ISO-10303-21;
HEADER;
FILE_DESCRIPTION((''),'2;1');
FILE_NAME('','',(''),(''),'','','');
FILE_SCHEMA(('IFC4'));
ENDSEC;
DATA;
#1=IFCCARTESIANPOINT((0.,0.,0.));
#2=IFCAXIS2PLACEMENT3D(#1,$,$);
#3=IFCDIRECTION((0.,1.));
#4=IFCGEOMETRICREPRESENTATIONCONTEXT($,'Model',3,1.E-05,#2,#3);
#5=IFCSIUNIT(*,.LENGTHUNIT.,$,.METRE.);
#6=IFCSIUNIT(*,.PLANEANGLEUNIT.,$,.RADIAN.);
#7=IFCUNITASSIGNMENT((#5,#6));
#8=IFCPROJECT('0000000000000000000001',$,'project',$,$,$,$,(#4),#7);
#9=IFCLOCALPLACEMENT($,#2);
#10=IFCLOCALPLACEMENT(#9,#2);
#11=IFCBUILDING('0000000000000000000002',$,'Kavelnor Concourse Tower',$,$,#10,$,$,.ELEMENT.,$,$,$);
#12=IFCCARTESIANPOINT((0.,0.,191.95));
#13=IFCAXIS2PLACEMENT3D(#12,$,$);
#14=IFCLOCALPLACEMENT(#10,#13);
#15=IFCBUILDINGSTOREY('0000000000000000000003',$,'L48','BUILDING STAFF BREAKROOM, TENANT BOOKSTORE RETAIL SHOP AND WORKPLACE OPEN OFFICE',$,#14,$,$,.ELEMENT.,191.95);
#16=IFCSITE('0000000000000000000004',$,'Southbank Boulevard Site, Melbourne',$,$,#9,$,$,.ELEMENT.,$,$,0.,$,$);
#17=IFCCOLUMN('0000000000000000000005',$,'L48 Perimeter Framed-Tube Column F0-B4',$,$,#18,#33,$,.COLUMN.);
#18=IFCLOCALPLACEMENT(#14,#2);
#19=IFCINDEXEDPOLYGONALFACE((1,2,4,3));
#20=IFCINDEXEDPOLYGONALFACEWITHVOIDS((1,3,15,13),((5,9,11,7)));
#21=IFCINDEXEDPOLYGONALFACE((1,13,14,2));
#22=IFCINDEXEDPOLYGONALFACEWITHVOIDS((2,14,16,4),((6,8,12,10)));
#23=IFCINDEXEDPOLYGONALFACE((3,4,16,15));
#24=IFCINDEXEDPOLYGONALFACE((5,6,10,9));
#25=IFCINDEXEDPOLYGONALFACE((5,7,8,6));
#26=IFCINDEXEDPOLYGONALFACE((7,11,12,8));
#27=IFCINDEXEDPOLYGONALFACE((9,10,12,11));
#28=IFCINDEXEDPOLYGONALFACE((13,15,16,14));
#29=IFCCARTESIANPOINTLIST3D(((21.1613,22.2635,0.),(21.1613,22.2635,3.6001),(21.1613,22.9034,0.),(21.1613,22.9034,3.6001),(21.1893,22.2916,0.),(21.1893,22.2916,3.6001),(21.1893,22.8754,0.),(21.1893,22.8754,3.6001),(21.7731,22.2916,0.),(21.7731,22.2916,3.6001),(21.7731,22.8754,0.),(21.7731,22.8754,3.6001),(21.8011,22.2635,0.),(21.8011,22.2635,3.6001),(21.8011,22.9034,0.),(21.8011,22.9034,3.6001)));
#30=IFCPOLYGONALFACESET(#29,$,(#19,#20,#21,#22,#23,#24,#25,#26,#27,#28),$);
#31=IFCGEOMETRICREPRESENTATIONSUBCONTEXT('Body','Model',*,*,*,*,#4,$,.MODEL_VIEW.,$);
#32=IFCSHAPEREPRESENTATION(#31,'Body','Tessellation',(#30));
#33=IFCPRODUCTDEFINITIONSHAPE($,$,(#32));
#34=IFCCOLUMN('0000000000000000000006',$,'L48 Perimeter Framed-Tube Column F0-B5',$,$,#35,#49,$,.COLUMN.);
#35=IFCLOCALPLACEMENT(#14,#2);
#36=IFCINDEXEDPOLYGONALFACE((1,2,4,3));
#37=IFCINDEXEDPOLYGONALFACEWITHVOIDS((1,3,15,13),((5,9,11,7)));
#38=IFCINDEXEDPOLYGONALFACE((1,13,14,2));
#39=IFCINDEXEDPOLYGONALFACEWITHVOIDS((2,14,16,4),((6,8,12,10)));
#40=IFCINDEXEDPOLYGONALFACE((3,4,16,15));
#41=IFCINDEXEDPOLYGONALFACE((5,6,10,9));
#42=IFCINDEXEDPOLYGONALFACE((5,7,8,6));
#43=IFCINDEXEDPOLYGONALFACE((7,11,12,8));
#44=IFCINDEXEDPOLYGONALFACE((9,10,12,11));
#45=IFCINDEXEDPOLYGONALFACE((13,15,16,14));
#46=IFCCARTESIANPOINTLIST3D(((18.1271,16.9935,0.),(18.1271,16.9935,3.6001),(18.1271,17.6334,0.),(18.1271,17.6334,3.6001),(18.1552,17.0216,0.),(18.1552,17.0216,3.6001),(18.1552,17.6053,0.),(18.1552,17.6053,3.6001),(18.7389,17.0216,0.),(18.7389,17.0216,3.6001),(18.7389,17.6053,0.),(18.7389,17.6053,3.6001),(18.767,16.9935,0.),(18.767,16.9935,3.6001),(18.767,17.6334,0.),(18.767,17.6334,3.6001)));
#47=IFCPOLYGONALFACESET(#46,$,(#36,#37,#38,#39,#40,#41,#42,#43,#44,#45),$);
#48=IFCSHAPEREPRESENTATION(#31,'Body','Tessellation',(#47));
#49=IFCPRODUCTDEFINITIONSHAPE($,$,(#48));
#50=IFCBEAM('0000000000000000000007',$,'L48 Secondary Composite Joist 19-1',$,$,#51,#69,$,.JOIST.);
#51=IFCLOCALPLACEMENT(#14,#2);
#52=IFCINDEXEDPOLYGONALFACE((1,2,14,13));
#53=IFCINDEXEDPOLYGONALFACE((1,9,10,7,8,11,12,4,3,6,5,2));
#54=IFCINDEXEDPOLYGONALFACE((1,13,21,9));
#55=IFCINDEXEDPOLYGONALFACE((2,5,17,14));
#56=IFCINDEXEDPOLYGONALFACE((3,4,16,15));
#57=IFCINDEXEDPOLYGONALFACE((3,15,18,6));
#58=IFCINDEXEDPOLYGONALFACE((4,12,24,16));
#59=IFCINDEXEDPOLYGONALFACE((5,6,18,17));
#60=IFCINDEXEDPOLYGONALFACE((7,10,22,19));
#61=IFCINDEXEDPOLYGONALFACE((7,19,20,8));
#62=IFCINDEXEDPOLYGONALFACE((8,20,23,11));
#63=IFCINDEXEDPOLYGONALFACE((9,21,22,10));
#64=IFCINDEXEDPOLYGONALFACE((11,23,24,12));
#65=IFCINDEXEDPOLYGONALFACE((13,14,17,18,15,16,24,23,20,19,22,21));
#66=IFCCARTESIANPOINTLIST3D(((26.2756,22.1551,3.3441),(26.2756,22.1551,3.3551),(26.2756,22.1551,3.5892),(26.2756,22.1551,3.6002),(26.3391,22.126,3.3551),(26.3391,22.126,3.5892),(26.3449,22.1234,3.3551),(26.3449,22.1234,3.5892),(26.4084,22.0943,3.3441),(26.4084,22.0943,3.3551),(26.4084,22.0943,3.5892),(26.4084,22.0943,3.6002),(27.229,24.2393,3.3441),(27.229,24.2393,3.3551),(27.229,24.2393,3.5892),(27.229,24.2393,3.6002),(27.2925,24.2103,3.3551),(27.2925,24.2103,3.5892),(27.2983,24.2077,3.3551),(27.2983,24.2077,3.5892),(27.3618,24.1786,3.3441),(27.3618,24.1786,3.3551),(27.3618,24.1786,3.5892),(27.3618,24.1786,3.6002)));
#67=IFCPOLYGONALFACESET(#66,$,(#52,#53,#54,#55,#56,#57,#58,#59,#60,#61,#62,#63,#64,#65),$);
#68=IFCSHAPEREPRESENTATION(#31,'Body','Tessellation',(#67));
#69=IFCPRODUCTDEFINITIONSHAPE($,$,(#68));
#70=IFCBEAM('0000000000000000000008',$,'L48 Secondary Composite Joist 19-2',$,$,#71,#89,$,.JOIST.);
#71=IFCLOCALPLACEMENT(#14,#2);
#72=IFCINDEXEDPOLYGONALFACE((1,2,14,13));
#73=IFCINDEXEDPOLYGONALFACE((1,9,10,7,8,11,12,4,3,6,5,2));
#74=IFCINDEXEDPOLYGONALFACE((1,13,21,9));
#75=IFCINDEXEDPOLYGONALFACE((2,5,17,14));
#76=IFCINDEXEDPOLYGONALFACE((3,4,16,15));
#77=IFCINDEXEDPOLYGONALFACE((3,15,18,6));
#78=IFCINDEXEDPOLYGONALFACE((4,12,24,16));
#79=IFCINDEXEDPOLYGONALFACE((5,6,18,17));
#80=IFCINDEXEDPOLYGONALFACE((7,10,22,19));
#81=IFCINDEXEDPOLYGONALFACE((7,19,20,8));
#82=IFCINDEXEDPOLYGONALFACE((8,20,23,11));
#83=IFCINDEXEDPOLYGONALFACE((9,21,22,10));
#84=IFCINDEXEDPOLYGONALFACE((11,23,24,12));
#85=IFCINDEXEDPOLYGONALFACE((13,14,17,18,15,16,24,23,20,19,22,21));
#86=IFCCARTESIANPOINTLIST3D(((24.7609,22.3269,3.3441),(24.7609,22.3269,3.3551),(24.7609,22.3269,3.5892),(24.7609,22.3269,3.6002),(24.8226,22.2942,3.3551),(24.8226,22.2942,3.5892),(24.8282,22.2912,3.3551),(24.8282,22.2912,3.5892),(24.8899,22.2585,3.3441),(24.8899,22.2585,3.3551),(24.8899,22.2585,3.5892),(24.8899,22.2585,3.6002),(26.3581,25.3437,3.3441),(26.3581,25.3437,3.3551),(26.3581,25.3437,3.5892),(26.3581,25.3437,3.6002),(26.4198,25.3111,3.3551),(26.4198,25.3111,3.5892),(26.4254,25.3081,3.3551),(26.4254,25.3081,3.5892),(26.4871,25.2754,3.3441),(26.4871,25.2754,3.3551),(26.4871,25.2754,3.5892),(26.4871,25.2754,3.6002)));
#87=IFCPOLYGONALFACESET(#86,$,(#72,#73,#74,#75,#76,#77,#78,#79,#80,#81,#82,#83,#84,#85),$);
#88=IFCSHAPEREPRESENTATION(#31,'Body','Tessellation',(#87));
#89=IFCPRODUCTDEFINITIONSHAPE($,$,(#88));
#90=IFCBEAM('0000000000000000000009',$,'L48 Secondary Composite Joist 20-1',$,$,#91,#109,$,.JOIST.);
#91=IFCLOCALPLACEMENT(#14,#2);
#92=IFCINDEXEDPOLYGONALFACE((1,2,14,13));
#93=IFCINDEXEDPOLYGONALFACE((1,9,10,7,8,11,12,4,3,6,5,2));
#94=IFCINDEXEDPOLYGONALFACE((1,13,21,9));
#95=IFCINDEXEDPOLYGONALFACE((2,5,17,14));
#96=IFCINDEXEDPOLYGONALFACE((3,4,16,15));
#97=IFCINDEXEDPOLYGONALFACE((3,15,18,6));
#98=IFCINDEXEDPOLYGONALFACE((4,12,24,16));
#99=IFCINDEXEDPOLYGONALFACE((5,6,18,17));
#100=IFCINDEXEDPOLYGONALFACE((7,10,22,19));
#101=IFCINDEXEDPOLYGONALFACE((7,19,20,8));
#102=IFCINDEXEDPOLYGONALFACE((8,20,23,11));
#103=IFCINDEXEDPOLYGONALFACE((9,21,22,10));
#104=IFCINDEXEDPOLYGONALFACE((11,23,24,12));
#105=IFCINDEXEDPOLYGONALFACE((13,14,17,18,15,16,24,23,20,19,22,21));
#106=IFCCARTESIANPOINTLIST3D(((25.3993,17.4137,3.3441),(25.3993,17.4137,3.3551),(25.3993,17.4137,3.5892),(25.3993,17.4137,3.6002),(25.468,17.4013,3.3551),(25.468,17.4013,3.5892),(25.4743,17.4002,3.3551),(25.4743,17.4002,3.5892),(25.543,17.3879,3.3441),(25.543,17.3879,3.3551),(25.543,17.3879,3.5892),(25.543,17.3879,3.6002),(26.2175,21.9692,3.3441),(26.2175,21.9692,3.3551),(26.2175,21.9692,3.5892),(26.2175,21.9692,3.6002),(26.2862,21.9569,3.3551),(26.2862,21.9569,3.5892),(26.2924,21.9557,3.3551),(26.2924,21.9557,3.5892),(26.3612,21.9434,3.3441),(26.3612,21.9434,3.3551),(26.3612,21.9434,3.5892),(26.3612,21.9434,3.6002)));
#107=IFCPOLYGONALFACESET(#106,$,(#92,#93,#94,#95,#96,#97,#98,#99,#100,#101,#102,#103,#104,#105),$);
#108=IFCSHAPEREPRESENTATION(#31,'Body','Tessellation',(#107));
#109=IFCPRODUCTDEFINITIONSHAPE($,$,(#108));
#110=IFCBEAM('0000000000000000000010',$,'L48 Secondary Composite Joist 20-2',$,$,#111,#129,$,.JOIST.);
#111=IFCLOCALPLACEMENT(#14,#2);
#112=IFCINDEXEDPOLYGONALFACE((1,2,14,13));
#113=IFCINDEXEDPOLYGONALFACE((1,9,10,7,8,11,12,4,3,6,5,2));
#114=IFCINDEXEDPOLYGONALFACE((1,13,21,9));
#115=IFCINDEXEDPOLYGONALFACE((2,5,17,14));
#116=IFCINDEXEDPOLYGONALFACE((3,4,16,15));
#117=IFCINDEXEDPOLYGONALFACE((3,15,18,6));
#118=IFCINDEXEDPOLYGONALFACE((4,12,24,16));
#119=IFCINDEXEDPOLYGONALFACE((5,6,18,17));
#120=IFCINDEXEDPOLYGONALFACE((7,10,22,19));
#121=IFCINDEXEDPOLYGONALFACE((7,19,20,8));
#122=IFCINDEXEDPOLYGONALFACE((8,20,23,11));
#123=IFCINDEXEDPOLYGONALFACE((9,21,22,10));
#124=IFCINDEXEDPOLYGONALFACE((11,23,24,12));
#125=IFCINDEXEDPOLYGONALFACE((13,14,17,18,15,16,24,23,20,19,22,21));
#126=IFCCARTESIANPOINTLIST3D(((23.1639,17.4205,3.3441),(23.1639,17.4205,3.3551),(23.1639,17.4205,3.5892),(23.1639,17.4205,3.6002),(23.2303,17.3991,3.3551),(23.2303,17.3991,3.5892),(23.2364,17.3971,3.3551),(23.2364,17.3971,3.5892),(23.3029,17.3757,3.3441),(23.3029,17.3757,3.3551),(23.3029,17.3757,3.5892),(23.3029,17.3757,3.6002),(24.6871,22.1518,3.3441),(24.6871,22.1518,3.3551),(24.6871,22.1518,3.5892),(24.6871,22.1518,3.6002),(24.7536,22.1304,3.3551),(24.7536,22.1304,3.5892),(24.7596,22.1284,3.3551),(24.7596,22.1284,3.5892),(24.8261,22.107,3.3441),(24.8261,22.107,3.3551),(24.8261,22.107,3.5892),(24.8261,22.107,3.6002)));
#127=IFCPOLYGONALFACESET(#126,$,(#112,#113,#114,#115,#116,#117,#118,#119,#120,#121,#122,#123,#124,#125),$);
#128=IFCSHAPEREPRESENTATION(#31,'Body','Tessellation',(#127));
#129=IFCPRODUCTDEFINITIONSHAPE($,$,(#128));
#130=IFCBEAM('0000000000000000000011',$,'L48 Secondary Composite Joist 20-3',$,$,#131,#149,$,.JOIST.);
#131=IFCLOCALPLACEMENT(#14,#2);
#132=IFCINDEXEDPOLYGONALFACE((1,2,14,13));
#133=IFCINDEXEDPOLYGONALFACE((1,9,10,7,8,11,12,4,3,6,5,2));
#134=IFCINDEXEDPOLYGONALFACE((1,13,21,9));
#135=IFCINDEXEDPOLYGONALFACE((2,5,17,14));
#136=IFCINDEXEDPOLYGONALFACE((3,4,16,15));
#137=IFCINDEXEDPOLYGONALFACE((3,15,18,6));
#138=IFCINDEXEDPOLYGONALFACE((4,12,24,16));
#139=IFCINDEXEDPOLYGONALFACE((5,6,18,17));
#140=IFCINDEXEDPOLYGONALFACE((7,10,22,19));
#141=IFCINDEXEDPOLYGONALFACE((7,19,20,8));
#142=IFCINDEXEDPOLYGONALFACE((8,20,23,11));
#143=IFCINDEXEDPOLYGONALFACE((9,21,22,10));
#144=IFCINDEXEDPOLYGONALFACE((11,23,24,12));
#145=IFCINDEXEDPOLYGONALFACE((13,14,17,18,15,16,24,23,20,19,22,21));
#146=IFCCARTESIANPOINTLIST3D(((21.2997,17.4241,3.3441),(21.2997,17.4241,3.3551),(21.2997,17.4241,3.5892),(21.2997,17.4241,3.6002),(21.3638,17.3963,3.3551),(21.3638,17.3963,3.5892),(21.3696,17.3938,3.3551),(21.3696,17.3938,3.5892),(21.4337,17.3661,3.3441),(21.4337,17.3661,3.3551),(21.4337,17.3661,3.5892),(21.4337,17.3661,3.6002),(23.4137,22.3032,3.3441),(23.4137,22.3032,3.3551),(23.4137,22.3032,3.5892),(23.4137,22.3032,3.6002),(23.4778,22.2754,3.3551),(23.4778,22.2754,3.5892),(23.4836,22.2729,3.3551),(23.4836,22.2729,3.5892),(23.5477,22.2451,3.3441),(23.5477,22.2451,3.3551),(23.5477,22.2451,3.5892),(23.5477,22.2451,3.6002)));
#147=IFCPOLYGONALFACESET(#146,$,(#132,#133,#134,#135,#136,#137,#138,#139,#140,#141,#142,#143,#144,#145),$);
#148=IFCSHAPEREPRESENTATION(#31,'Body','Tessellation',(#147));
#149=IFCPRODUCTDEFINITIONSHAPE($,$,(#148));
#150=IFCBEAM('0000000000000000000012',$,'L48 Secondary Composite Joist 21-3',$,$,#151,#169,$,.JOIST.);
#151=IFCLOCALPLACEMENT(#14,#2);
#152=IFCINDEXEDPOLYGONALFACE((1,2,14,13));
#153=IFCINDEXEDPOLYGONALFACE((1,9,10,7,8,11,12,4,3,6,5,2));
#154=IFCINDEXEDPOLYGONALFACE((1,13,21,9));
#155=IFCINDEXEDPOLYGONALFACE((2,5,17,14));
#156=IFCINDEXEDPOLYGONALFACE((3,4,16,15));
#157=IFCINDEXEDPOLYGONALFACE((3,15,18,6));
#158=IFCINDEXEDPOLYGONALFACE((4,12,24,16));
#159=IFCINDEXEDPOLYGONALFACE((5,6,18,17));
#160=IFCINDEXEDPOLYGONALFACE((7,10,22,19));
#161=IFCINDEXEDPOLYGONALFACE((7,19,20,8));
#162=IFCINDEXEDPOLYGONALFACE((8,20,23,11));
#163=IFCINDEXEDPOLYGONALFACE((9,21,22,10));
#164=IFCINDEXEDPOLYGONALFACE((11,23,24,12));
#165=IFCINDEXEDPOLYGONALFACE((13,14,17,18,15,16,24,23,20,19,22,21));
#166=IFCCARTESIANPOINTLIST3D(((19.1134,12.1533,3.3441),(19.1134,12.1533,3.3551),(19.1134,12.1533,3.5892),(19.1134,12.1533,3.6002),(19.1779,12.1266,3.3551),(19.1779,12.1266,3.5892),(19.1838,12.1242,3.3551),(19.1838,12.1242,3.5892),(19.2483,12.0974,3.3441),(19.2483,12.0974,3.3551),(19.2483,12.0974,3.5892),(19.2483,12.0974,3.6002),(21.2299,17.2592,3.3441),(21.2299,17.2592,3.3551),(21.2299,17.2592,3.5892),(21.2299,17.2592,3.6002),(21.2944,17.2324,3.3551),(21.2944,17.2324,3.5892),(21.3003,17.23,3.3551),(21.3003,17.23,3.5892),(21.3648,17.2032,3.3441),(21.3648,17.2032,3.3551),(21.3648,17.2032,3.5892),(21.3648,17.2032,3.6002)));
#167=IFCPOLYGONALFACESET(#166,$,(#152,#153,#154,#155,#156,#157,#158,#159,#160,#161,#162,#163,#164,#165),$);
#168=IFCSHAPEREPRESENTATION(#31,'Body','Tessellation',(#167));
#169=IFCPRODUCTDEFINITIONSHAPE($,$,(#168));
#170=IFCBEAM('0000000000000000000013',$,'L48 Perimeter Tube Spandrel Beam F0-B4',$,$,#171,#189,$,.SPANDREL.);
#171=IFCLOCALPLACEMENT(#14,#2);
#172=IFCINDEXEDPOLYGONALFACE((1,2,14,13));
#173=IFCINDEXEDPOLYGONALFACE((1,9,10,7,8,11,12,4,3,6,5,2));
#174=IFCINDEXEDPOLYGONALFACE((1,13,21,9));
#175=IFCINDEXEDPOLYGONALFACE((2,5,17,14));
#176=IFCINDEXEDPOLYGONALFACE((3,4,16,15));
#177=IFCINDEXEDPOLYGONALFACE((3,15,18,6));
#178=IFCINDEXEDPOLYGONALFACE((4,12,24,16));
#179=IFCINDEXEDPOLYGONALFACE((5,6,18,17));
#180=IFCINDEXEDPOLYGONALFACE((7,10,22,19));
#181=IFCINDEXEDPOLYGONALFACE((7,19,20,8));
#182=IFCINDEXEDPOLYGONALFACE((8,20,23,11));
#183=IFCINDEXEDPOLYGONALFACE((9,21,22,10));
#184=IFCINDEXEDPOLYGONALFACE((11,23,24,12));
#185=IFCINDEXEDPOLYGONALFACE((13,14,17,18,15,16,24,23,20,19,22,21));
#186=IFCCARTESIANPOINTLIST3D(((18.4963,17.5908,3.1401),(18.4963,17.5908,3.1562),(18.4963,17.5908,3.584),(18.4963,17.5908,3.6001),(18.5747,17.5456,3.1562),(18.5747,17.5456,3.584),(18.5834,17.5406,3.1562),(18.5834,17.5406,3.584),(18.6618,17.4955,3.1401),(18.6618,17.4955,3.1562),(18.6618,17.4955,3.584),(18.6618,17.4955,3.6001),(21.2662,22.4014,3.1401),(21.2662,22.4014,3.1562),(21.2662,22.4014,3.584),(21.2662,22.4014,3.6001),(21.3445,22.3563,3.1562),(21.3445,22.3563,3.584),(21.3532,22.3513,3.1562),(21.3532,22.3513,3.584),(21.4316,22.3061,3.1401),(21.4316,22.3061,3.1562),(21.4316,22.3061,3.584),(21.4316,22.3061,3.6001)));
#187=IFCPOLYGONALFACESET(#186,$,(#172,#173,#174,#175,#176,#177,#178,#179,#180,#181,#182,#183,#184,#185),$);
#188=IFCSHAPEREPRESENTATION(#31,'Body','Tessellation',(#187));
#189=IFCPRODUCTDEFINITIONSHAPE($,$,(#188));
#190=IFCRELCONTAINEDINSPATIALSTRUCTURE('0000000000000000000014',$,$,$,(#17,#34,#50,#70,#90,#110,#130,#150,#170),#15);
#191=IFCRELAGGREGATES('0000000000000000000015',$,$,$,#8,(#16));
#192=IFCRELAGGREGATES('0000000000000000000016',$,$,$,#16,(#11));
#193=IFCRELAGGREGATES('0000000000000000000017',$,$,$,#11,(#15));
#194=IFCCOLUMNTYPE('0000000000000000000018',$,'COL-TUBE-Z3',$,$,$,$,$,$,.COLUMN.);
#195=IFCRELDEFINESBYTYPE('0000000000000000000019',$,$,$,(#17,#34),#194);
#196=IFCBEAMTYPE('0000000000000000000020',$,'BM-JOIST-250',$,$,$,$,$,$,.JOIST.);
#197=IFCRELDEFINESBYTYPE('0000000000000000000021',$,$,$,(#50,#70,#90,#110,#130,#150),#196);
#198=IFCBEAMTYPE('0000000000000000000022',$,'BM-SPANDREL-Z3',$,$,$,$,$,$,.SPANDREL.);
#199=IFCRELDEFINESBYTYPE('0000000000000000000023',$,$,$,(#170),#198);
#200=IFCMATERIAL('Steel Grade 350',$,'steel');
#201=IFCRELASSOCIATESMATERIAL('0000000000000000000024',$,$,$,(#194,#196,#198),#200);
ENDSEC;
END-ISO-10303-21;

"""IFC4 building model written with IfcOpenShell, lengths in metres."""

from ifc_helpers import new_model, si_unit, direction, frame, origin, origin_2d, place, context, subcontext, project, spatial, hollow_rectangle, i_section, extrude, material, material_profile, profile_set, type_object, element, save


model = new_model("IFC4")

# Units and contexts
model_context = context("Model", 3, precision=1e-05, world=origin(), true_north=direction((0.0, 1.0)))
body_context = subcontext(model_context, "Body", "Model", "MODEL_VIEW")
ifc_project = project(units=[si_unit("LENGTHUNIT", "METRE"), si_unit("PLANEANGLEUNIT", "RADIAN")], contexts=[model_context])

# Site, building, storey
site_placement = place(None, origin())
site = spatial("IfcSite", under=ifc_project, at=site_placement, Name="Southbank Boulevard Site, Melbourne", CompositionType="ELEMENT", RefElevation=0.0)
building_placement = place(site_placement, origin())
building = spatial("IfcBuilding", under=site, at=building_placement, Name="Kavelnor Concourse Tower", CompositionType="ELEMENT")
storey_placement = place(building_placement, frame((0.0, 0.0, 191.95)))
storey = spatial("IfcBuildingStorey", under=building, at=storey_placement, Name="L48", Description="BUILDING STAFF BREAKROOM, TENANT BOOKSTORE RETAIL SHOP AND WORKPLACE OPEN OFFICE", CompositionType="ELEMENT", Elevation=191.95)

# Columns
ifc_material_1 = material(Name="Steel Grade 350", Category="steel")
ifc_material_profile_1 = material_profile(ifc_material_1, hollow_rectangle(XDim=0.6399, YDim=0.6399, WallThickness=0.0281, at=origin_2d()), Name="SHS 640x640x28")
ifc_profile_set_1 = profile_set([ifc_material_profile_1], Name="Steel Grade 350")
column_type = type_object("IfcColumnType", Name="COL-TUBE-Z3", PredefinedType="COLUMN", material=ifc_profile_set_1)
for number, where, z_axis, x_axis, name in (
    (1, (21.4812, 22.5835, 0.0), (0.0, 0.0, 1.0), (1.0, 0.0, 0.0), "L48 Perimeter Framed-Tube Column F0-B4"),
    (2, (18.447, 17.3135, 0.0), (0.0, 0.0, 1.0), (1.0, 0.0, 0.0), "L48 Perimeter Framed-Tube Column F0-B5"),
):
    element("IfcColumn", number, at=place(storey_placement, frame(where, z_axis=z_axis, x_axis=x_axis)), inside=storey, type_object=column_type, Name=name, PredefinedType="COLUMN", context=body_context, shape_type="SweptSolid", body=[
        extrude(hollow_rectangle(XDim=0.6399, YDim=0.6399, WallThickness=0.0281, at=origin_2d()), origin(), (0.0, 0.0, 1.0), 3.6001),
    ])

# Beams
ifc_material_profile_2 = material_profile(ifc_material_1, i_section(OverallWidth=0.146, OverallDepth=0.2561, WebThickness=0.0063, FlangeThickness=0.011, at=origin_2d()), Name="250UB37")
ifc_profile_set_2 = profile_set([ifc_material_profile_2], Name="Steel Grade 350")
beam_type_1 = type_object("IfcBeamType", Name="BM-JOIST-250", PredefinedType="JOIST", material=ifc_profile_set_2)
beam_1_placement = place(storey_placement, frame((27.2954, 24.209, 3.4722), z_axis=(-0.415969, -0.909379, 0.0), x_axis=(0.909379, -0.415969, 0.0)))
element("IfcBeam", 3, at=beam_1_placement, inside=storey, type_object=beam_type_1, Name="L48 Secondary Composite Joist 19-1", PredefinedType="JOIST", context=body_context, shape_type="SweptSolid", body=[
    extrude(i_section(OverallWidth=0.146, OverallDepth=0.2561, WebThickness=0.0063, FlangeThickness=0.011, at=origin_2d()), origin(), (0.0, 0.0, 1.0), 2.292),
])
beam_2_placement = place(storey_placement, frame((26.4226, 25.3096, 3.4722), z_axis=(-0.467891, -0.883786, 0.0), x_axis=(0.883786, -0.467891, 0.0)))
element("IfcBeam", 4, at=beam_2_placement, inside=storey, type_object=beam_type_1, Name="L48 Secondary Composite Joist 19-2", PredefinedType="JOIST", context=body_context, shape_type="SweptSolid", body=[
    extrude(i_section(OverallWidth=0.146, OverallDepth=0.2561, WebThickness=0.0063, FlangeThickness=0.011, at=origin_2d()), origin(), (0.0, 0.0, 1.0), 3.4136),
])
beam_3_placement = place(storey_placement, frame((26.2893, 21.9563, 3.4722), z_axis=(-0.176764, -0.984253, 0.0), x_axis=(0.984253, -0.176764, 0.0)))
element("IfcBeam", 5, at=beam_3_placement, inside=storey, type_object=beam_type_1, Name="L48 Secondary Composite Joist 20-1", PredefinedType="JOIST", context=body_context, shape_type="SweptSolid", body=[
    extrude(i_section(OverallWidth=0.146, OverallDepth=0.2561, WebThickness=0.0063, FlangeThickness=0.011, at=origin_2d()), origin(), (0.0, 0.0, 1.0), 4.6284),
])
beam_4_placement = place(storey_placement, frame((24.7566, 22.1294, 3.4722), z_axis=(-0.306456, -0.951885, 0.0), x_axis=(0.951885, -0.306456, 0.0)))
element("IfcBeam", 6, at=beam_4_placement, inside=storey, type_object=beam_type_1, Name="L48 Secondary Composite Joist 20-2", PredefinedType="JOIST", context=body_context, shape_type="SweptSolid", body=[
    extrude(i_section(OverallWidth=0.146, OverallDepth=0.2561, WebThickness=0.0063, FlangeThickness=0.011, at=origin_2d()), origin(), (0.0, 0.0, 1.0), 4.9705),
])
beam_5_placement = place(storey_placement, frame((23.4807, 22.2742, 3.4722), z_axis=(-0.397562, -0.917575, 0.0), x_axis=(0.917575, -0.397562, 0.0)))
element("IfcBeam", 7, at=beam_5_placement, inside=storey, type_object=beam_type_1, Name="L48 Secondary Composite Joist 20-3", PredefinedType="JOIST", context=body_context, shape_type="SweptSolid", body=[
    extrude(i_section(OverallWidth=0.146, OverallDepth=0.2561, WebThickness=0.0063, FlangeThickness=0.011, at=origin_2d()), origin(), (0.0, 0.0, 1.0), 5.3174),
])
beam_6_placement = place(storey_placement, frame((21.2974, 17.2312, 3.4722), z_axis=(-0.38293, -0.923777, 0.0), x_axis=(0.923777, -0.38293, 0.0)))
element("IfcBeam", 8, at=beam_6_placement, inside=storey, type_object=beam_type_1, Name="L48 Secondary Composite Joist 21-3", PredefinedType="JOIST", context=body_context, shape_type="SweptSolid", body=[
    extrude(i_section(OverallWidth=0.146, OverallDepth=0.2561, WebThickness=0.0063, FlangeThickness=0.011, at=origin_2d()), origin(), (0.0, 0.0, 1.0), 5.5271),
])
ifc_material_profile_3 = material_profile(ifc_material_1, i_section(OverallWidth=0.1909, OverallDepth=0.46, WebThickness=0.01, FlangeThickness=0.0161, at=origin_2d()), Name="460UB82")
ifc_profile_set_3 = profile_set([ifc_material_profile_3], Name="Steel Grade 350")
beam_type_2 = type_object("IfcBeamType", Name="BM-SPANDREL-Z3", PredefinedType="SPANDREL", material=ifc_profile_set_3)
beam_7_placement = place(storey_placement, frame((21.3489, 22.3538, 3.3701), z_axis=(-0.498973, -0.866617, 0.0), x_axis=(0.866617, -0.498973, 0.0)))
element("IfcBeam", 9, at=beam_7_placement, inside=storey, type_object=beam_type_2, Name="L48 Perimeter Tube Spandrel Beam F0-B4", PredefinedType="SPANDREL", context=body_context, shape_type="SweptSolid", body=[
    extrude(i_section(OverallWidth=0.1909, OverallDepth=0.46, WebThickness=0.01, FlangeThickness=0.0161, at=origin_2d()), origin(), (0.0, 0.0, 1.0), 5.551),
])

save(model, "model.ifc")
